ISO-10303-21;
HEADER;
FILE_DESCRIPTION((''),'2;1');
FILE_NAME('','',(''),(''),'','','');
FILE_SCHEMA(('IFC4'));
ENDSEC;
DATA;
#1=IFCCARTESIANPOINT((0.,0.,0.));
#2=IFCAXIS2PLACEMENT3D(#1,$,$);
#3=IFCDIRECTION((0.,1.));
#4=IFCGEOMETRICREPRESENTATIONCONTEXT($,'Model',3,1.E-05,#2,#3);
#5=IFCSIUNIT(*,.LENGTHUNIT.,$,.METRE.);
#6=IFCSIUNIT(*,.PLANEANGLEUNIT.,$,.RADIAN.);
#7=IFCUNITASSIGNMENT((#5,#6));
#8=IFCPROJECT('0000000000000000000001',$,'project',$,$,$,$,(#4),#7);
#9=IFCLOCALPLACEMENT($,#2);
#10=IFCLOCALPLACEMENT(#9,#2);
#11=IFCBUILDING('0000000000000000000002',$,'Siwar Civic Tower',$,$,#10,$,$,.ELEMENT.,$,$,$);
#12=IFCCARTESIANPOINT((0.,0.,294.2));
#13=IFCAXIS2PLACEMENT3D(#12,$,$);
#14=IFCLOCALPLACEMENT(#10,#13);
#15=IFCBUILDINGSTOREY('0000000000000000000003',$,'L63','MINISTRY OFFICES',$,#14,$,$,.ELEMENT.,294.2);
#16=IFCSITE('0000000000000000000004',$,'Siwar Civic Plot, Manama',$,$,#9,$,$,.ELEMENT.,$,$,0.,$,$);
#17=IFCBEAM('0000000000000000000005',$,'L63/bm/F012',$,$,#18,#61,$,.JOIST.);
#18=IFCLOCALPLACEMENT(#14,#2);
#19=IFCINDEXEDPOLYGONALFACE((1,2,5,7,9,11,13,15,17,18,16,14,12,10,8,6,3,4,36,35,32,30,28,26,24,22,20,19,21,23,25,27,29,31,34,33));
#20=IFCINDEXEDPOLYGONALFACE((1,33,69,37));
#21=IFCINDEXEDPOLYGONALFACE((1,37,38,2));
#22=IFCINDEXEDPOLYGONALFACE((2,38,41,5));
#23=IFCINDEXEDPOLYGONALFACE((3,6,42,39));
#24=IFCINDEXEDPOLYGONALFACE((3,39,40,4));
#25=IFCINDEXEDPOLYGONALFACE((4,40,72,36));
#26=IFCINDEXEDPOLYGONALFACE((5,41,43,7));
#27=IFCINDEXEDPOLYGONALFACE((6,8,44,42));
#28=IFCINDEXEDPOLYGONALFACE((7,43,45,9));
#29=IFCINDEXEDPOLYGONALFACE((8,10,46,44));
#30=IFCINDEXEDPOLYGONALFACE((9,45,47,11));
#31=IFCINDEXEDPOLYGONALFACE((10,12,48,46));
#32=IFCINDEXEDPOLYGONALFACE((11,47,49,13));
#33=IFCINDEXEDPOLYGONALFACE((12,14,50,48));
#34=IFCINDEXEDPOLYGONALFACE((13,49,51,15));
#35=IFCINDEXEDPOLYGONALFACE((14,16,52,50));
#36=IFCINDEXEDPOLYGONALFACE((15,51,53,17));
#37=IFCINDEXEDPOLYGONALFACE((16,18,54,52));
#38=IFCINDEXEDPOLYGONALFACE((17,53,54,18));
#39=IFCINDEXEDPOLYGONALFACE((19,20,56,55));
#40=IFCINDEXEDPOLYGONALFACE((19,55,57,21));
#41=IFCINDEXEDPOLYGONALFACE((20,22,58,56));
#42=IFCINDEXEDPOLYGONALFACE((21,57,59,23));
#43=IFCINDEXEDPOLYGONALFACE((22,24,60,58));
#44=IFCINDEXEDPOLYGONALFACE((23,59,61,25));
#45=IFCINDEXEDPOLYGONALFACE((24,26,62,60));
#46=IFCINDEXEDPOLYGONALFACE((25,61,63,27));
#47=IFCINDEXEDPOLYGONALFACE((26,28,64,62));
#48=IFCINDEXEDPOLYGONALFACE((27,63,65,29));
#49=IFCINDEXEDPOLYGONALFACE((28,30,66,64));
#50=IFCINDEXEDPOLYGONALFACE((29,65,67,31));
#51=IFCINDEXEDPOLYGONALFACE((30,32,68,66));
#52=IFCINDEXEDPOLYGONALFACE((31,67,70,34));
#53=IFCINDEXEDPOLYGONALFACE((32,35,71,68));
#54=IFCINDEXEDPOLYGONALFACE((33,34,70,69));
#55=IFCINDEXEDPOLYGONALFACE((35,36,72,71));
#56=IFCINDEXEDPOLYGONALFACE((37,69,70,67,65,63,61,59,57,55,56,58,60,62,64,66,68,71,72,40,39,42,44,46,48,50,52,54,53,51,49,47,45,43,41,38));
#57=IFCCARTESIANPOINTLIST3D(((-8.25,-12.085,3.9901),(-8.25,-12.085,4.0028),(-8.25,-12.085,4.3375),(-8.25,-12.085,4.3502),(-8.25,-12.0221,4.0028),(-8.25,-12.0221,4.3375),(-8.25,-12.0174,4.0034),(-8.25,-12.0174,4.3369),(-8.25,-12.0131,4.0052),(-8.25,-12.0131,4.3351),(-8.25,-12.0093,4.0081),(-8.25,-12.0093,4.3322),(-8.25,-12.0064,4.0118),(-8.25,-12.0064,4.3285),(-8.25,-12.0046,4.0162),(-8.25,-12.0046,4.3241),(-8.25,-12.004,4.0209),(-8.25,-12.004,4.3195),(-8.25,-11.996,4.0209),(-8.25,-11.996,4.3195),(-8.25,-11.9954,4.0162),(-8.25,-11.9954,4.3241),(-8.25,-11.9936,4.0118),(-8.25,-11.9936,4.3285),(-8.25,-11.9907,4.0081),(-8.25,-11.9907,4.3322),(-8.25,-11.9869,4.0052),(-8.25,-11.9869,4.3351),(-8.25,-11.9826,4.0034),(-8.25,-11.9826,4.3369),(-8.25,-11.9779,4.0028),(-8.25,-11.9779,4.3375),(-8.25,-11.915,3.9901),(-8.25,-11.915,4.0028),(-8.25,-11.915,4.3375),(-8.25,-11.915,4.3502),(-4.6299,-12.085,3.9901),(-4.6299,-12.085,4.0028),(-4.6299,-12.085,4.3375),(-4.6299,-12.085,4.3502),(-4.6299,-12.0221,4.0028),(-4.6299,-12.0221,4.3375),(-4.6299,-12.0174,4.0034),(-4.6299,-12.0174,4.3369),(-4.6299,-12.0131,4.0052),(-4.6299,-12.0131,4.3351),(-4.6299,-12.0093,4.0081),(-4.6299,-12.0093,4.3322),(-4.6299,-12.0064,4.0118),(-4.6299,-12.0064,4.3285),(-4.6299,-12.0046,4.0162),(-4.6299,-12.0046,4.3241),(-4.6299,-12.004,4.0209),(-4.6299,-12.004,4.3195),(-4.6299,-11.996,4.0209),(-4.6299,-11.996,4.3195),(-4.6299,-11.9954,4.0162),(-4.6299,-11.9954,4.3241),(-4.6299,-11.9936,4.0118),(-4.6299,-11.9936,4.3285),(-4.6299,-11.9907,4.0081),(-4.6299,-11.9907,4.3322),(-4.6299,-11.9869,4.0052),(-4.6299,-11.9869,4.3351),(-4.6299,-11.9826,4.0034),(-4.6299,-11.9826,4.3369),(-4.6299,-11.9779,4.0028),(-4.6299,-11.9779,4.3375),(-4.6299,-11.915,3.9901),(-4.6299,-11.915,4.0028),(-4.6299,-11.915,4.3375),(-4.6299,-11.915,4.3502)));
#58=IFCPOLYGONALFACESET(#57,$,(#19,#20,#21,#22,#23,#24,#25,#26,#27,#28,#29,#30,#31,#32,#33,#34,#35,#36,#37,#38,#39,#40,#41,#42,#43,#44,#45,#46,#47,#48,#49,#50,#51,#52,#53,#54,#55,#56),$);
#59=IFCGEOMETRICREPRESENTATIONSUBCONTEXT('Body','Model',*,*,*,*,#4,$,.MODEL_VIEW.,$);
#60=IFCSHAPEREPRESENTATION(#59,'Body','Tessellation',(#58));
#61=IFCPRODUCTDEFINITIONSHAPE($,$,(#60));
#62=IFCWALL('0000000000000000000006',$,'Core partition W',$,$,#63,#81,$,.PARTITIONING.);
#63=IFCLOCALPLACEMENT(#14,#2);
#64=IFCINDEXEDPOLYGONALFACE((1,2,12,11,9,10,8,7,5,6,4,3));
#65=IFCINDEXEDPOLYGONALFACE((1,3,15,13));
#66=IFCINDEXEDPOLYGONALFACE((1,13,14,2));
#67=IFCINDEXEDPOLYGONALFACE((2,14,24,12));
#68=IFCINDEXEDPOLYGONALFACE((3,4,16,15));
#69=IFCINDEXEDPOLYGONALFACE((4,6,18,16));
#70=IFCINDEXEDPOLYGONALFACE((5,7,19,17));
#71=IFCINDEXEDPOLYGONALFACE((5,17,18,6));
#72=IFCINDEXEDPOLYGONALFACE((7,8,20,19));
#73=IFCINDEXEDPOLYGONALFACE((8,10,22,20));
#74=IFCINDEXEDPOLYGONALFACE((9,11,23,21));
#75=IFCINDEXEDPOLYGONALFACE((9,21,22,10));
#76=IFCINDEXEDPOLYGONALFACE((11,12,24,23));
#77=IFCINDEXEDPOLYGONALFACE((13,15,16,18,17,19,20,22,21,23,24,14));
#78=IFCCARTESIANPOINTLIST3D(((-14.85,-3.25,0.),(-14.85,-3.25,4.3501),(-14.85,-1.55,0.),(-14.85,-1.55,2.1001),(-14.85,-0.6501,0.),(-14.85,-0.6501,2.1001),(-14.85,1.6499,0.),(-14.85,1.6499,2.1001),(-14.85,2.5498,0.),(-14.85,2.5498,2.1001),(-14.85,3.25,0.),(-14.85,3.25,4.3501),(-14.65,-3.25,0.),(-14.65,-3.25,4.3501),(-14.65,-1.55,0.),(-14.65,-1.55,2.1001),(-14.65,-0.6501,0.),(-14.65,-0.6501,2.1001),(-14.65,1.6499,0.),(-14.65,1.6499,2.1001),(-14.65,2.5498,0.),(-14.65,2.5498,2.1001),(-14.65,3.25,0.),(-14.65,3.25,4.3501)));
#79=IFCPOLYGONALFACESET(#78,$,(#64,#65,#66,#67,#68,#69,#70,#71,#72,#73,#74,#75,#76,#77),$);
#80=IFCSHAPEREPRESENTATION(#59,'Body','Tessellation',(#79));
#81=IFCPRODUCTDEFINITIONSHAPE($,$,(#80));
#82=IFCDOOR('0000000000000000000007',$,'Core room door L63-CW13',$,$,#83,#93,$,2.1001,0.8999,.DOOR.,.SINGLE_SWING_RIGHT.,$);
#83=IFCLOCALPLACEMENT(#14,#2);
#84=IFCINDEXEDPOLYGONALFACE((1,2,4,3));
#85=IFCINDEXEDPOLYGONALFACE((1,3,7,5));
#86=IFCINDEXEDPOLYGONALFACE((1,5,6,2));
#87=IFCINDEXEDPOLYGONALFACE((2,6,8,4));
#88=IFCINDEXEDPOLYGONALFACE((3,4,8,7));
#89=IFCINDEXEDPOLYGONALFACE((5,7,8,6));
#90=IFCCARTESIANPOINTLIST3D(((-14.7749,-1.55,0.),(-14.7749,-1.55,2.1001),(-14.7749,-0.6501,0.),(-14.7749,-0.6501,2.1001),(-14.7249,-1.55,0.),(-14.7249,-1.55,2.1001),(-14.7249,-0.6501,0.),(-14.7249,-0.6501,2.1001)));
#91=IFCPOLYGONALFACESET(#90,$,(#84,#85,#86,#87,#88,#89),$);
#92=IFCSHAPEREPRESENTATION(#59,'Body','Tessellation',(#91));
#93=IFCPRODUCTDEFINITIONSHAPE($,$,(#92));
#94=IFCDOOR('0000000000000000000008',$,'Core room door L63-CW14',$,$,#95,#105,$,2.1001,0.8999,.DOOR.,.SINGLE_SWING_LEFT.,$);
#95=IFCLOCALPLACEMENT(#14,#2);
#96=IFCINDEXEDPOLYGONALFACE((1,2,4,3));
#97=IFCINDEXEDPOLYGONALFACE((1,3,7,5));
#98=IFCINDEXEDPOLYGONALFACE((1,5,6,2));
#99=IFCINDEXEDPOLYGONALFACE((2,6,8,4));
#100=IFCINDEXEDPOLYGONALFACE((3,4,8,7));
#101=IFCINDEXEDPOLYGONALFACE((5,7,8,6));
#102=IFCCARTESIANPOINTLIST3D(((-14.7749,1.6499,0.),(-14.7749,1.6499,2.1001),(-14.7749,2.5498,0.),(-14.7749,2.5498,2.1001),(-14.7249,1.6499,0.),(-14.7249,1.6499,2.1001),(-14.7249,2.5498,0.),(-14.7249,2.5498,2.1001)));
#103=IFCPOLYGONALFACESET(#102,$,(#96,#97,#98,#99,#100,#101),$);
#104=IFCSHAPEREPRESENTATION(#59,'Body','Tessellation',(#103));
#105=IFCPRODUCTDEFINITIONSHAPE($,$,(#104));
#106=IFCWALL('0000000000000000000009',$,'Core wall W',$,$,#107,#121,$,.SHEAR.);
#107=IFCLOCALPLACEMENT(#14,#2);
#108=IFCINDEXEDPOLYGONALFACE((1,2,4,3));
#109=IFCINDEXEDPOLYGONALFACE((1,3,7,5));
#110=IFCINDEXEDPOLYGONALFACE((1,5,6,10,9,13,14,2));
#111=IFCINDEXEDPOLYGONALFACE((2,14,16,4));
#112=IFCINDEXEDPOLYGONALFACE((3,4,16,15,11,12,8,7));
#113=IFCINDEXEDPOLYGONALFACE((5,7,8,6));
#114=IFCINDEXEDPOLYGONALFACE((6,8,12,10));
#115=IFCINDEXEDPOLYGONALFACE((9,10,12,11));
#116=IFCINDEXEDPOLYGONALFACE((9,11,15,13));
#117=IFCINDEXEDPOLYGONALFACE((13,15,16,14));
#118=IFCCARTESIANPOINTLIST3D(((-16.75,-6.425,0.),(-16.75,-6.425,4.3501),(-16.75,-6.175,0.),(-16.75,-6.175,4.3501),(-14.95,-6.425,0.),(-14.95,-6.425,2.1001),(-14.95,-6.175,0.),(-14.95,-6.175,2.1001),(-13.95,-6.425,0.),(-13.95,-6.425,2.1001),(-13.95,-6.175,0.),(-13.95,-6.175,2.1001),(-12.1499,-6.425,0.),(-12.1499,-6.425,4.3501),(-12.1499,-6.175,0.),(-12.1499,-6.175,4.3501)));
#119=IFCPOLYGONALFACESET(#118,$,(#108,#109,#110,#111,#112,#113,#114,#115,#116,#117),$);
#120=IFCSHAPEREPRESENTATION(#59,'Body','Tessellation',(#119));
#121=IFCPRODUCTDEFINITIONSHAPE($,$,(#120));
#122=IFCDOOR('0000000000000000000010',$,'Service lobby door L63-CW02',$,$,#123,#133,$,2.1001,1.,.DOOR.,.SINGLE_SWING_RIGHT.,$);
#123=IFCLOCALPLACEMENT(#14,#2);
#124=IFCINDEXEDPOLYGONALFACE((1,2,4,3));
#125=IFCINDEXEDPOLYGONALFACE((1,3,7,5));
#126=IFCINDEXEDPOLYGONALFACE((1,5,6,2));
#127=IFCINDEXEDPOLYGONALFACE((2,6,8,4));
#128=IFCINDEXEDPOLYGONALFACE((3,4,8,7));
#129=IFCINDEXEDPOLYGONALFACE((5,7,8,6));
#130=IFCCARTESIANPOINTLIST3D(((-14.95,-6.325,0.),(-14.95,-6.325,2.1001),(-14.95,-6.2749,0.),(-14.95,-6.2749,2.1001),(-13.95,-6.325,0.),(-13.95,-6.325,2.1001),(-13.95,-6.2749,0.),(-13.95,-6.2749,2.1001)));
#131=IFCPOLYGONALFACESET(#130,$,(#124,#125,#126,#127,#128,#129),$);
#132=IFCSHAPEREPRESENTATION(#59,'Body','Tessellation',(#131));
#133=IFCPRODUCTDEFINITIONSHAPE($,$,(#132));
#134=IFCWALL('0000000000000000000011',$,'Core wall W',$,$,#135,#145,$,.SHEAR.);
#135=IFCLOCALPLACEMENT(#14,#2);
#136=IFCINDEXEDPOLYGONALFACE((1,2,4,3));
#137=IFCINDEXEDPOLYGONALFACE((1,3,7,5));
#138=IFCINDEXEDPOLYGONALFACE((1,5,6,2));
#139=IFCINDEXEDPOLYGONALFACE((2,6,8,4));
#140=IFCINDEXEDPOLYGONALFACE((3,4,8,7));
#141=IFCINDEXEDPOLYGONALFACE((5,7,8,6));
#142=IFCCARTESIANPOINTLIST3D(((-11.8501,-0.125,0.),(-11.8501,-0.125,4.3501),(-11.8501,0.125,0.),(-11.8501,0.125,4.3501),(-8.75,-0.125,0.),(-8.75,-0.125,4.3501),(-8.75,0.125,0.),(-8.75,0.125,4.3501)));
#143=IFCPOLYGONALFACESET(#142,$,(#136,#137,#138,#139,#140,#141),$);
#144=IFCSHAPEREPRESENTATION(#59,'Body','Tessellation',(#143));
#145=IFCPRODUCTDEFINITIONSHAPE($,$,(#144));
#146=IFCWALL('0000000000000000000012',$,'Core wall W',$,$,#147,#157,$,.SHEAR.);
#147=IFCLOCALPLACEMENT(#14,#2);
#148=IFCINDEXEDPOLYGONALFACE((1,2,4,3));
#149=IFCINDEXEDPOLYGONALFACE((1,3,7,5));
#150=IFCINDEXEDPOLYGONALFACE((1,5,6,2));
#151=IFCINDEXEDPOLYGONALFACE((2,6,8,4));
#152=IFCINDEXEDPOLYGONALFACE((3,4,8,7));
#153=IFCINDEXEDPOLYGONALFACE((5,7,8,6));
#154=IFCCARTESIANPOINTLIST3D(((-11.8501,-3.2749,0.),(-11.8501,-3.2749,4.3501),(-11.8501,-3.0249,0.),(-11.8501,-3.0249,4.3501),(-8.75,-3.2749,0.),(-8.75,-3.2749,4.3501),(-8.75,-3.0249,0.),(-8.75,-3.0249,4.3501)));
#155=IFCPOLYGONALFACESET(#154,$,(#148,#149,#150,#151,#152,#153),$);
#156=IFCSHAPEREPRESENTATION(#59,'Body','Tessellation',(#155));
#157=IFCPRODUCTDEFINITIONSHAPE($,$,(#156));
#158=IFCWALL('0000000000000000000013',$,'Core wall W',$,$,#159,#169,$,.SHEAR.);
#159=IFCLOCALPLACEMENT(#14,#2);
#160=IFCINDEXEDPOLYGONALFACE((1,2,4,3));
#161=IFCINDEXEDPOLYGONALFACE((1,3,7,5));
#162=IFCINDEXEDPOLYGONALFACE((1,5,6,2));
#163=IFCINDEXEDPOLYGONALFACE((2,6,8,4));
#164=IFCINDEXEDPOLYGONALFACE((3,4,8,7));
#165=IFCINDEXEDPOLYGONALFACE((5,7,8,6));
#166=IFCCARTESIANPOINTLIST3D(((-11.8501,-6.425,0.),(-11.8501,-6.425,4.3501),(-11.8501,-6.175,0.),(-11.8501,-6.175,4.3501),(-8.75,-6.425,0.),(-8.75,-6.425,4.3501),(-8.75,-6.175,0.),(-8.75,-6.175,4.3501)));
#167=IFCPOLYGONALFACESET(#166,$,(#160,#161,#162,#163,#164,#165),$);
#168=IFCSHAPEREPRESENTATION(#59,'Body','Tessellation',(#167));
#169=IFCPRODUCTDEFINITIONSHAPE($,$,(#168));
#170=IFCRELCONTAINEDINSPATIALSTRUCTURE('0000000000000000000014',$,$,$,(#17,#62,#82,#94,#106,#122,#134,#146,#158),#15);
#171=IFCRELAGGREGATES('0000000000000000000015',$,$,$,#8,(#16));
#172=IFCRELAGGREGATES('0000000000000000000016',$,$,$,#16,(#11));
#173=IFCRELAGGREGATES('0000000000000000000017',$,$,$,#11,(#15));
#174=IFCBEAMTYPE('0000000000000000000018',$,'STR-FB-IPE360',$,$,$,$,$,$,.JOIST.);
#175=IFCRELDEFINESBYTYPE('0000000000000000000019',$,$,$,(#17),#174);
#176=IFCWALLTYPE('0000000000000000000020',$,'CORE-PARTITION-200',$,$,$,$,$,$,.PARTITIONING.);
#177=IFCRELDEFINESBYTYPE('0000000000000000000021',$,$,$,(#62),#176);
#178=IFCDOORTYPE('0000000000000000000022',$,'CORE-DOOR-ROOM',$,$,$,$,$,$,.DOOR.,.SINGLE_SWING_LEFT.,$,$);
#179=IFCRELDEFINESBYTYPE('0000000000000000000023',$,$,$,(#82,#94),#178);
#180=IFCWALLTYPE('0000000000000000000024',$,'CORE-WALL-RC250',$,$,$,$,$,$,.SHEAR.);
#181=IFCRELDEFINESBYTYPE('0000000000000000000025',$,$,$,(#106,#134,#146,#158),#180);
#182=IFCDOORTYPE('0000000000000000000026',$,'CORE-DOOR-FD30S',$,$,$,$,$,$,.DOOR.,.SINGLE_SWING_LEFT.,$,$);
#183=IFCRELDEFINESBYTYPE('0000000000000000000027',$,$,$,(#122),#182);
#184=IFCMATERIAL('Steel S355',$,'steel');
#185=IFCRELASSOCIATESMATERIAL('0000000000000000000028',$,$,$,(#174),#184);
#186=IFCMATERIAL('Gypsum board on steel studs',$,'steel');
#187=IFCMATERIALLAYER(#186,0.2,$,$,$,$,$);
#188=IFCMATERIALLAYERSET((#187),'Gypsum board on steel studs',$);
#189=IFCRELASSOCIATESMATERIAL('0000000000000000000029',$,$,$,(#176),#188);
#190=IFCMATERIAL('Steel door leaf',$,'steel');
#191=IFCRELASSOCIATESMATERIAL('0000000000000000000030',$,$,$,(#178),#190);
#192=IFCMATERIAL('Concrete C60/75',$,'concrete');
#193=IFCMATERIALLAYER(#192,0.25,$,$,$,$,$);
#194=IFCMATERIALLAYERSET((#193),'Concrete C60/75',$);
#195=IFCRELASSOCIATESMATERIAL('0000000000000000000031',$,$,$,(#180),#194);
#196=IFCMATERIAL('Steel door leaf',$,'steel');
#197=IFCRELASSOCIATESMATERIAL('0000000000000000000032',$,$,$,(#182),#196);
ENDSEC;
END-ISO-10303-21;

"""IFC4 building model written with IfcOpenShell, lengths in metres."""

from ifc_helpers import new_model, si_unit, direction, frame, frame_2d, origin, origin_2d, place, context, subcontext, project, spatial, rectangle, i_section, extrude, material, layer, layer_set, material_profile, profile_set, type_object, element, fill, save


model = new_model("IFC4")

# Units and contexts
model_context = context("Model", 3, precision=1e-05, world=origin(), true_north=direction((0.0, 1.0)))
body_context = subcontext(model_context, "Body", "Model", "MODEL_VIEW")
ifc_project = project(units=[si_unit("LENGTHUNIT", "METRE"), si_unit("PLANEANGLEUNIT", "RADIAN")], contexts=[model_context])

# Site, building, storey
site_placement = place(None, origin())
site = spatial("IfcSite", under=ifc_project, at=site_placement, Name="Siwar Civic Plot, Manama", CompositionType="ELEMENT", RefElevation=0.0)
building_placement = place(site_placement, origin())
building = spatial("IfcBuilding", under=site, at=building_placement, Name="Siwar Civic Tower", CompositionType="ELEMENT")
storey_placement = place(building_placement, frame((0.0, 0.0, 294.2)))
storey = spatial("IfcBuildingStorey", under=building, at=storey_placement, Name="L63", Description="MINISTRY OFFICES", CompositionType="ELEMENT", Elevation=294.2)

# Beam
ifc_material_1 = material(Name="Steel S355", Category="steel")
ifc_material_profile = material_profile(ifc_material_1, i_section(OverallWidth=0.1699, OverallDepth=0.3601, WebThickness=0.0081, FlangeThickness=0.0127, FilletRadius=0.0181, at=origin_2d()), Name="IPE360")
ifc_profile_set = profile_set([ifc_material_profile], Name="Steel S355")
beam_type = type_object("IfcBeamType", Name="STR-FB-IPE360", PredefinedType="JOIST", material=ifc_profile_set)
beam_placement = place(storey_placement, frame((-8.25, -12.0, 4.1702), z_axis=(1.0, 0.0, 0.0), x_axis=(0.0, 1.0, 0.0)))
element("IfcBeam", 1, at=beam_placement, inside=storey, type_object=beam_type, Name="L63/bm/F012", PredefinedType="JOIST", context=body_context, shape_type="SweptSolid", body=[
    extrude(i_section(OverallWidth=0.1699, OverallDepth=0.3601, WebThickness=0.0081, FlangeThickness=0.0127, FilletRadius=0.0181, at=origin_2d()), origin(), (0.0, 0.0, 1.0), 3.6201),
])

# Wall, openings, doors
ifc_material_2 = material(Name="Gypsum board on steel studs", Category="steel")
ifc_layer_1 = layer(ifc_material_2, 0.2)
ifc_layer_set_1 = layer_set([ifc_layer_1], Name="Gypsum board on steel studs")
wall_type_1 = type_object("IfcWallType", Name="CORE-PARTITION-200", PredefinedType="PARTITIONING", material=ifc_layer_set_1)
wall_1_placement = place(storey_placement, frame((-14.75, -3.25, 0.0), z_axis=(0.0, 0.0, 1.0), x_axis=(0.0, 1.0, 0.0)))
wall_1 = element("IfcWall", 2, at=wall_1_placement, inside=storey, type_object=wall_type_1, Name="Core partition W", PredefinedType="PARTITIONING", context=body_context, shape_type="SweptSolid", body=[
    extrude(rectangle(XDim=6.5, YDim=0.2, at=frame_2d((3.25, 0.0))), origin(), (0.0, 0.0, 1.0), 4.3501),
])
opening_1_placement = place(wall_1_placement, frame((1.7, 0.0, 0.0)))
opening_1 = element("IfcOpeningElement", 3, at=opening_1_placement, cuts=wall_1, PredefinedType="OPENING", context=body_context, shape_type="SweptSolid", body=[
    extrude(rectangle(XDim=0.8999, YDim=2.1001, at=frame_2d((0.45, 1.05))), frame((0.0, 0.1099, 0.0), z_axis=(0.0, -1.0, 0.0), x_axis=(1.0, 0.0, 0.0)), (0.0, 0.0, 1.0), 0.22),
])
opening_2_placement = place(wall_1_placement, frame((4.8999, 0.0, 0.0)))
opening_2 = element("IfcOpeningElement", 4, at=opening_2_placement, cuts=wall_1, PredefinedType="OPENING", context=body_context, shape_type="SweptSolid", body=[
    extrude(rectangle(XDim=0.8999, YDim=2.1001, at=frame_2d((0.45, 1.05))), frame((0.0, 0.1099, 0.0), z_axis=(0.0, -1.0, 0.0), x_axis=(1.0, 0.0, 0.0)), (0.0, 0.0, 1.0), 0.22),
])
ifc_material_3 = material(Name="Steel door leaf", Category="steel")
door_type_1 = type_object("IfcDoorType", Name="CORE-DOOR-ROOM", OperationType="SINGLE_SWING_LEFT", PredefinedType="DOOR", material=ifc_material_3)
door_1_placement = place(opening_1_placement, origin())
door_1 = element("IfcDoor", 5, at=door_1_placement, inside=storey, type_object=door_type_1, Name="Core room door L63-CW13", OperationType="SINGLE_SWING_RIGHT", OverallHeight=2.1001, OverallWidth=0.8999, PredefinedType="DOOR", context=body_context, shape_type="SweptSolid", body=[
    extrude(rectangle(XDim=0.8999, YDim=2.1001, at=frame_2d((0.45, 1.05))), frame((0.0, 0.0249, 0.0), z_axis=(0.0, -1.0, 0.0), x_axis=(1.0, 0.0, 0.0)), (0.0, 0.0, 1.0), 0.05),
])
fill(opening_1, door_1)
door_2_placement = place(opening_2_placement, origin())
door_2 = element("IfcDoor", 6, at=door_2_placement, inside=storey, type_object=door_type_1, Name="Core room door L63-CW14", OperationType="SINGLE_SWING_LEFT", OverallHeight=2.1001, OverallWidth=0.8999, PredefinedType="DOOR", context=body_context, shape_type="SweptSolid", body=[
    extrude(rectangle(XDim=0.8999, YDim=2.1001, at=frame_2d((0.45, 1.05))), frame((0.0, 0.0249, 0.0), z_axis=(0.0, -1.0, 0.0), x_axis=(1.0, 0.0, 0.0)), (0.0, 0.0, 1.0), 0.05),
])
fill(opening_2, door_2)

# Wall, opening, door
ifc_material_4 = material(Name="Concrete C60/75", Category="concrete")
ifc_layer_2 = layer(ifc_material_4, 0.25)
ifc_layer_set_2 = layer_set([ifc_layer_2], Name="Concrete C60/75")
wall_type_2 = type_object("IfcWallType", Name="CORE-WALL-RC250", PredefinedType="SHEAR", material=ifc_layer_set_2)
wall_2_placement = place(storey_placement, frame((-12.1499, -6.3, 0.0), z_axis=(0.0, 0.0, 1.0), x_axis=(-1.0, 0.0, 0.0)))
wall_2 = element("IfcWall", 7, at=wall_2_placement, inside=storey, type_object=wall_type_2, Name="Core wall W", PredefinedType="SHEAR", context=body_context, shape_type="SweptSolid", body=[
    extrude(rectangle(XDim=4.6001, YDim=0.25, at=frame_2d((2.3, 0.0))), origin(), (0.0, 0.0, 1.0), 4.3501),
])
opening_3_placement = place(wall_2_placement, frame((1.8, 0.0, 0.0)))
opening_3 = element("IfcOpeningElement", 8, at=opening_3_placement, cuts=wall_2, PredefinedType="OPENING", context=body_context, shape_type="SweptSolid", body=[
    extrude(rectangle(XDim=1.0, YDim=2.1001, at=frame_2d((0.5, 1.05))), frame((0.0, 0.135, 0.0), z_axis=(0.0, -1.0, 0.0), x_axis=(1.0, 0.0, 0.0)), (0.0, 0.0, 1.0), 0.27),
])
ifc_material_5 = material(Name="Steel door leaf", Category="steel")
door_type_2 = type_object("IfcDoorType", Name="CORE-DOOR-FD30S", OperationType="SINGLE_SWING_LEFT", PredefinedType="DOOR", material=ifc_material_5)
door_3_placement = place(opening_3_placement, origin())
door_3 = element("IfcDoor", 9, at=door_3_placement, inside=storey, type_object=door_type_2, Name="Service lobby door L63-CW02", OperationType="SINGLE_SWING_RIGHT", OverallHeight=2.1001, OverallWidth=1.0, PredefinedType="DOOR", context=body_context, shape_type="SweptSolid", body=[
    extrude(rectangle(XDim=1.0, YDim=2.1001, at=frame_2d((0.5, 1.05))), frame((0.0, 0.0249, 0.0), z_axis=(0.0, -1.0, 0.0), x_axis=(1.0, 0.0, 0.0)), (0.0, 0.0, 1.0), 0.05),
])
fill(opening_3, door_3)

# Walls
for number, where, z_axis, x_axis, name in (
    (10, (-8.75, 0.0, 0.0), (0.0, 0.0, 1.0), (-1.0, 0.0, 0.0), "Core wall W"),
    (11, (-8.75, -3.1499, 0.0), (0.0, 0.0, 1.0), (-1.0, 0.0, 0.0), "Core wall W"),
    (12, (-8.75, -6.3, 0.0), (0.0, 0.0, 1.0), (-1.0, 0.0, 0.0), "Core wall W"),
):
    element("IfcWall", number, at=place(storey_placement, frame(where, z_axis=z_axis, x_axis=x_axis)), inside=storey, type_object=wall_type_2, Name=name, PredefinedType="SHEAR", context=body_context, shape_type="SweptSolid", body=[
        extrude(rectangle(XDim=3.1001, YDim=0.25, at=frame_2d((1.55, 0.0))), origin(), (0.0, 0.0, 1.0), 4.3501),
    ])

save(model, "model.ifc")
